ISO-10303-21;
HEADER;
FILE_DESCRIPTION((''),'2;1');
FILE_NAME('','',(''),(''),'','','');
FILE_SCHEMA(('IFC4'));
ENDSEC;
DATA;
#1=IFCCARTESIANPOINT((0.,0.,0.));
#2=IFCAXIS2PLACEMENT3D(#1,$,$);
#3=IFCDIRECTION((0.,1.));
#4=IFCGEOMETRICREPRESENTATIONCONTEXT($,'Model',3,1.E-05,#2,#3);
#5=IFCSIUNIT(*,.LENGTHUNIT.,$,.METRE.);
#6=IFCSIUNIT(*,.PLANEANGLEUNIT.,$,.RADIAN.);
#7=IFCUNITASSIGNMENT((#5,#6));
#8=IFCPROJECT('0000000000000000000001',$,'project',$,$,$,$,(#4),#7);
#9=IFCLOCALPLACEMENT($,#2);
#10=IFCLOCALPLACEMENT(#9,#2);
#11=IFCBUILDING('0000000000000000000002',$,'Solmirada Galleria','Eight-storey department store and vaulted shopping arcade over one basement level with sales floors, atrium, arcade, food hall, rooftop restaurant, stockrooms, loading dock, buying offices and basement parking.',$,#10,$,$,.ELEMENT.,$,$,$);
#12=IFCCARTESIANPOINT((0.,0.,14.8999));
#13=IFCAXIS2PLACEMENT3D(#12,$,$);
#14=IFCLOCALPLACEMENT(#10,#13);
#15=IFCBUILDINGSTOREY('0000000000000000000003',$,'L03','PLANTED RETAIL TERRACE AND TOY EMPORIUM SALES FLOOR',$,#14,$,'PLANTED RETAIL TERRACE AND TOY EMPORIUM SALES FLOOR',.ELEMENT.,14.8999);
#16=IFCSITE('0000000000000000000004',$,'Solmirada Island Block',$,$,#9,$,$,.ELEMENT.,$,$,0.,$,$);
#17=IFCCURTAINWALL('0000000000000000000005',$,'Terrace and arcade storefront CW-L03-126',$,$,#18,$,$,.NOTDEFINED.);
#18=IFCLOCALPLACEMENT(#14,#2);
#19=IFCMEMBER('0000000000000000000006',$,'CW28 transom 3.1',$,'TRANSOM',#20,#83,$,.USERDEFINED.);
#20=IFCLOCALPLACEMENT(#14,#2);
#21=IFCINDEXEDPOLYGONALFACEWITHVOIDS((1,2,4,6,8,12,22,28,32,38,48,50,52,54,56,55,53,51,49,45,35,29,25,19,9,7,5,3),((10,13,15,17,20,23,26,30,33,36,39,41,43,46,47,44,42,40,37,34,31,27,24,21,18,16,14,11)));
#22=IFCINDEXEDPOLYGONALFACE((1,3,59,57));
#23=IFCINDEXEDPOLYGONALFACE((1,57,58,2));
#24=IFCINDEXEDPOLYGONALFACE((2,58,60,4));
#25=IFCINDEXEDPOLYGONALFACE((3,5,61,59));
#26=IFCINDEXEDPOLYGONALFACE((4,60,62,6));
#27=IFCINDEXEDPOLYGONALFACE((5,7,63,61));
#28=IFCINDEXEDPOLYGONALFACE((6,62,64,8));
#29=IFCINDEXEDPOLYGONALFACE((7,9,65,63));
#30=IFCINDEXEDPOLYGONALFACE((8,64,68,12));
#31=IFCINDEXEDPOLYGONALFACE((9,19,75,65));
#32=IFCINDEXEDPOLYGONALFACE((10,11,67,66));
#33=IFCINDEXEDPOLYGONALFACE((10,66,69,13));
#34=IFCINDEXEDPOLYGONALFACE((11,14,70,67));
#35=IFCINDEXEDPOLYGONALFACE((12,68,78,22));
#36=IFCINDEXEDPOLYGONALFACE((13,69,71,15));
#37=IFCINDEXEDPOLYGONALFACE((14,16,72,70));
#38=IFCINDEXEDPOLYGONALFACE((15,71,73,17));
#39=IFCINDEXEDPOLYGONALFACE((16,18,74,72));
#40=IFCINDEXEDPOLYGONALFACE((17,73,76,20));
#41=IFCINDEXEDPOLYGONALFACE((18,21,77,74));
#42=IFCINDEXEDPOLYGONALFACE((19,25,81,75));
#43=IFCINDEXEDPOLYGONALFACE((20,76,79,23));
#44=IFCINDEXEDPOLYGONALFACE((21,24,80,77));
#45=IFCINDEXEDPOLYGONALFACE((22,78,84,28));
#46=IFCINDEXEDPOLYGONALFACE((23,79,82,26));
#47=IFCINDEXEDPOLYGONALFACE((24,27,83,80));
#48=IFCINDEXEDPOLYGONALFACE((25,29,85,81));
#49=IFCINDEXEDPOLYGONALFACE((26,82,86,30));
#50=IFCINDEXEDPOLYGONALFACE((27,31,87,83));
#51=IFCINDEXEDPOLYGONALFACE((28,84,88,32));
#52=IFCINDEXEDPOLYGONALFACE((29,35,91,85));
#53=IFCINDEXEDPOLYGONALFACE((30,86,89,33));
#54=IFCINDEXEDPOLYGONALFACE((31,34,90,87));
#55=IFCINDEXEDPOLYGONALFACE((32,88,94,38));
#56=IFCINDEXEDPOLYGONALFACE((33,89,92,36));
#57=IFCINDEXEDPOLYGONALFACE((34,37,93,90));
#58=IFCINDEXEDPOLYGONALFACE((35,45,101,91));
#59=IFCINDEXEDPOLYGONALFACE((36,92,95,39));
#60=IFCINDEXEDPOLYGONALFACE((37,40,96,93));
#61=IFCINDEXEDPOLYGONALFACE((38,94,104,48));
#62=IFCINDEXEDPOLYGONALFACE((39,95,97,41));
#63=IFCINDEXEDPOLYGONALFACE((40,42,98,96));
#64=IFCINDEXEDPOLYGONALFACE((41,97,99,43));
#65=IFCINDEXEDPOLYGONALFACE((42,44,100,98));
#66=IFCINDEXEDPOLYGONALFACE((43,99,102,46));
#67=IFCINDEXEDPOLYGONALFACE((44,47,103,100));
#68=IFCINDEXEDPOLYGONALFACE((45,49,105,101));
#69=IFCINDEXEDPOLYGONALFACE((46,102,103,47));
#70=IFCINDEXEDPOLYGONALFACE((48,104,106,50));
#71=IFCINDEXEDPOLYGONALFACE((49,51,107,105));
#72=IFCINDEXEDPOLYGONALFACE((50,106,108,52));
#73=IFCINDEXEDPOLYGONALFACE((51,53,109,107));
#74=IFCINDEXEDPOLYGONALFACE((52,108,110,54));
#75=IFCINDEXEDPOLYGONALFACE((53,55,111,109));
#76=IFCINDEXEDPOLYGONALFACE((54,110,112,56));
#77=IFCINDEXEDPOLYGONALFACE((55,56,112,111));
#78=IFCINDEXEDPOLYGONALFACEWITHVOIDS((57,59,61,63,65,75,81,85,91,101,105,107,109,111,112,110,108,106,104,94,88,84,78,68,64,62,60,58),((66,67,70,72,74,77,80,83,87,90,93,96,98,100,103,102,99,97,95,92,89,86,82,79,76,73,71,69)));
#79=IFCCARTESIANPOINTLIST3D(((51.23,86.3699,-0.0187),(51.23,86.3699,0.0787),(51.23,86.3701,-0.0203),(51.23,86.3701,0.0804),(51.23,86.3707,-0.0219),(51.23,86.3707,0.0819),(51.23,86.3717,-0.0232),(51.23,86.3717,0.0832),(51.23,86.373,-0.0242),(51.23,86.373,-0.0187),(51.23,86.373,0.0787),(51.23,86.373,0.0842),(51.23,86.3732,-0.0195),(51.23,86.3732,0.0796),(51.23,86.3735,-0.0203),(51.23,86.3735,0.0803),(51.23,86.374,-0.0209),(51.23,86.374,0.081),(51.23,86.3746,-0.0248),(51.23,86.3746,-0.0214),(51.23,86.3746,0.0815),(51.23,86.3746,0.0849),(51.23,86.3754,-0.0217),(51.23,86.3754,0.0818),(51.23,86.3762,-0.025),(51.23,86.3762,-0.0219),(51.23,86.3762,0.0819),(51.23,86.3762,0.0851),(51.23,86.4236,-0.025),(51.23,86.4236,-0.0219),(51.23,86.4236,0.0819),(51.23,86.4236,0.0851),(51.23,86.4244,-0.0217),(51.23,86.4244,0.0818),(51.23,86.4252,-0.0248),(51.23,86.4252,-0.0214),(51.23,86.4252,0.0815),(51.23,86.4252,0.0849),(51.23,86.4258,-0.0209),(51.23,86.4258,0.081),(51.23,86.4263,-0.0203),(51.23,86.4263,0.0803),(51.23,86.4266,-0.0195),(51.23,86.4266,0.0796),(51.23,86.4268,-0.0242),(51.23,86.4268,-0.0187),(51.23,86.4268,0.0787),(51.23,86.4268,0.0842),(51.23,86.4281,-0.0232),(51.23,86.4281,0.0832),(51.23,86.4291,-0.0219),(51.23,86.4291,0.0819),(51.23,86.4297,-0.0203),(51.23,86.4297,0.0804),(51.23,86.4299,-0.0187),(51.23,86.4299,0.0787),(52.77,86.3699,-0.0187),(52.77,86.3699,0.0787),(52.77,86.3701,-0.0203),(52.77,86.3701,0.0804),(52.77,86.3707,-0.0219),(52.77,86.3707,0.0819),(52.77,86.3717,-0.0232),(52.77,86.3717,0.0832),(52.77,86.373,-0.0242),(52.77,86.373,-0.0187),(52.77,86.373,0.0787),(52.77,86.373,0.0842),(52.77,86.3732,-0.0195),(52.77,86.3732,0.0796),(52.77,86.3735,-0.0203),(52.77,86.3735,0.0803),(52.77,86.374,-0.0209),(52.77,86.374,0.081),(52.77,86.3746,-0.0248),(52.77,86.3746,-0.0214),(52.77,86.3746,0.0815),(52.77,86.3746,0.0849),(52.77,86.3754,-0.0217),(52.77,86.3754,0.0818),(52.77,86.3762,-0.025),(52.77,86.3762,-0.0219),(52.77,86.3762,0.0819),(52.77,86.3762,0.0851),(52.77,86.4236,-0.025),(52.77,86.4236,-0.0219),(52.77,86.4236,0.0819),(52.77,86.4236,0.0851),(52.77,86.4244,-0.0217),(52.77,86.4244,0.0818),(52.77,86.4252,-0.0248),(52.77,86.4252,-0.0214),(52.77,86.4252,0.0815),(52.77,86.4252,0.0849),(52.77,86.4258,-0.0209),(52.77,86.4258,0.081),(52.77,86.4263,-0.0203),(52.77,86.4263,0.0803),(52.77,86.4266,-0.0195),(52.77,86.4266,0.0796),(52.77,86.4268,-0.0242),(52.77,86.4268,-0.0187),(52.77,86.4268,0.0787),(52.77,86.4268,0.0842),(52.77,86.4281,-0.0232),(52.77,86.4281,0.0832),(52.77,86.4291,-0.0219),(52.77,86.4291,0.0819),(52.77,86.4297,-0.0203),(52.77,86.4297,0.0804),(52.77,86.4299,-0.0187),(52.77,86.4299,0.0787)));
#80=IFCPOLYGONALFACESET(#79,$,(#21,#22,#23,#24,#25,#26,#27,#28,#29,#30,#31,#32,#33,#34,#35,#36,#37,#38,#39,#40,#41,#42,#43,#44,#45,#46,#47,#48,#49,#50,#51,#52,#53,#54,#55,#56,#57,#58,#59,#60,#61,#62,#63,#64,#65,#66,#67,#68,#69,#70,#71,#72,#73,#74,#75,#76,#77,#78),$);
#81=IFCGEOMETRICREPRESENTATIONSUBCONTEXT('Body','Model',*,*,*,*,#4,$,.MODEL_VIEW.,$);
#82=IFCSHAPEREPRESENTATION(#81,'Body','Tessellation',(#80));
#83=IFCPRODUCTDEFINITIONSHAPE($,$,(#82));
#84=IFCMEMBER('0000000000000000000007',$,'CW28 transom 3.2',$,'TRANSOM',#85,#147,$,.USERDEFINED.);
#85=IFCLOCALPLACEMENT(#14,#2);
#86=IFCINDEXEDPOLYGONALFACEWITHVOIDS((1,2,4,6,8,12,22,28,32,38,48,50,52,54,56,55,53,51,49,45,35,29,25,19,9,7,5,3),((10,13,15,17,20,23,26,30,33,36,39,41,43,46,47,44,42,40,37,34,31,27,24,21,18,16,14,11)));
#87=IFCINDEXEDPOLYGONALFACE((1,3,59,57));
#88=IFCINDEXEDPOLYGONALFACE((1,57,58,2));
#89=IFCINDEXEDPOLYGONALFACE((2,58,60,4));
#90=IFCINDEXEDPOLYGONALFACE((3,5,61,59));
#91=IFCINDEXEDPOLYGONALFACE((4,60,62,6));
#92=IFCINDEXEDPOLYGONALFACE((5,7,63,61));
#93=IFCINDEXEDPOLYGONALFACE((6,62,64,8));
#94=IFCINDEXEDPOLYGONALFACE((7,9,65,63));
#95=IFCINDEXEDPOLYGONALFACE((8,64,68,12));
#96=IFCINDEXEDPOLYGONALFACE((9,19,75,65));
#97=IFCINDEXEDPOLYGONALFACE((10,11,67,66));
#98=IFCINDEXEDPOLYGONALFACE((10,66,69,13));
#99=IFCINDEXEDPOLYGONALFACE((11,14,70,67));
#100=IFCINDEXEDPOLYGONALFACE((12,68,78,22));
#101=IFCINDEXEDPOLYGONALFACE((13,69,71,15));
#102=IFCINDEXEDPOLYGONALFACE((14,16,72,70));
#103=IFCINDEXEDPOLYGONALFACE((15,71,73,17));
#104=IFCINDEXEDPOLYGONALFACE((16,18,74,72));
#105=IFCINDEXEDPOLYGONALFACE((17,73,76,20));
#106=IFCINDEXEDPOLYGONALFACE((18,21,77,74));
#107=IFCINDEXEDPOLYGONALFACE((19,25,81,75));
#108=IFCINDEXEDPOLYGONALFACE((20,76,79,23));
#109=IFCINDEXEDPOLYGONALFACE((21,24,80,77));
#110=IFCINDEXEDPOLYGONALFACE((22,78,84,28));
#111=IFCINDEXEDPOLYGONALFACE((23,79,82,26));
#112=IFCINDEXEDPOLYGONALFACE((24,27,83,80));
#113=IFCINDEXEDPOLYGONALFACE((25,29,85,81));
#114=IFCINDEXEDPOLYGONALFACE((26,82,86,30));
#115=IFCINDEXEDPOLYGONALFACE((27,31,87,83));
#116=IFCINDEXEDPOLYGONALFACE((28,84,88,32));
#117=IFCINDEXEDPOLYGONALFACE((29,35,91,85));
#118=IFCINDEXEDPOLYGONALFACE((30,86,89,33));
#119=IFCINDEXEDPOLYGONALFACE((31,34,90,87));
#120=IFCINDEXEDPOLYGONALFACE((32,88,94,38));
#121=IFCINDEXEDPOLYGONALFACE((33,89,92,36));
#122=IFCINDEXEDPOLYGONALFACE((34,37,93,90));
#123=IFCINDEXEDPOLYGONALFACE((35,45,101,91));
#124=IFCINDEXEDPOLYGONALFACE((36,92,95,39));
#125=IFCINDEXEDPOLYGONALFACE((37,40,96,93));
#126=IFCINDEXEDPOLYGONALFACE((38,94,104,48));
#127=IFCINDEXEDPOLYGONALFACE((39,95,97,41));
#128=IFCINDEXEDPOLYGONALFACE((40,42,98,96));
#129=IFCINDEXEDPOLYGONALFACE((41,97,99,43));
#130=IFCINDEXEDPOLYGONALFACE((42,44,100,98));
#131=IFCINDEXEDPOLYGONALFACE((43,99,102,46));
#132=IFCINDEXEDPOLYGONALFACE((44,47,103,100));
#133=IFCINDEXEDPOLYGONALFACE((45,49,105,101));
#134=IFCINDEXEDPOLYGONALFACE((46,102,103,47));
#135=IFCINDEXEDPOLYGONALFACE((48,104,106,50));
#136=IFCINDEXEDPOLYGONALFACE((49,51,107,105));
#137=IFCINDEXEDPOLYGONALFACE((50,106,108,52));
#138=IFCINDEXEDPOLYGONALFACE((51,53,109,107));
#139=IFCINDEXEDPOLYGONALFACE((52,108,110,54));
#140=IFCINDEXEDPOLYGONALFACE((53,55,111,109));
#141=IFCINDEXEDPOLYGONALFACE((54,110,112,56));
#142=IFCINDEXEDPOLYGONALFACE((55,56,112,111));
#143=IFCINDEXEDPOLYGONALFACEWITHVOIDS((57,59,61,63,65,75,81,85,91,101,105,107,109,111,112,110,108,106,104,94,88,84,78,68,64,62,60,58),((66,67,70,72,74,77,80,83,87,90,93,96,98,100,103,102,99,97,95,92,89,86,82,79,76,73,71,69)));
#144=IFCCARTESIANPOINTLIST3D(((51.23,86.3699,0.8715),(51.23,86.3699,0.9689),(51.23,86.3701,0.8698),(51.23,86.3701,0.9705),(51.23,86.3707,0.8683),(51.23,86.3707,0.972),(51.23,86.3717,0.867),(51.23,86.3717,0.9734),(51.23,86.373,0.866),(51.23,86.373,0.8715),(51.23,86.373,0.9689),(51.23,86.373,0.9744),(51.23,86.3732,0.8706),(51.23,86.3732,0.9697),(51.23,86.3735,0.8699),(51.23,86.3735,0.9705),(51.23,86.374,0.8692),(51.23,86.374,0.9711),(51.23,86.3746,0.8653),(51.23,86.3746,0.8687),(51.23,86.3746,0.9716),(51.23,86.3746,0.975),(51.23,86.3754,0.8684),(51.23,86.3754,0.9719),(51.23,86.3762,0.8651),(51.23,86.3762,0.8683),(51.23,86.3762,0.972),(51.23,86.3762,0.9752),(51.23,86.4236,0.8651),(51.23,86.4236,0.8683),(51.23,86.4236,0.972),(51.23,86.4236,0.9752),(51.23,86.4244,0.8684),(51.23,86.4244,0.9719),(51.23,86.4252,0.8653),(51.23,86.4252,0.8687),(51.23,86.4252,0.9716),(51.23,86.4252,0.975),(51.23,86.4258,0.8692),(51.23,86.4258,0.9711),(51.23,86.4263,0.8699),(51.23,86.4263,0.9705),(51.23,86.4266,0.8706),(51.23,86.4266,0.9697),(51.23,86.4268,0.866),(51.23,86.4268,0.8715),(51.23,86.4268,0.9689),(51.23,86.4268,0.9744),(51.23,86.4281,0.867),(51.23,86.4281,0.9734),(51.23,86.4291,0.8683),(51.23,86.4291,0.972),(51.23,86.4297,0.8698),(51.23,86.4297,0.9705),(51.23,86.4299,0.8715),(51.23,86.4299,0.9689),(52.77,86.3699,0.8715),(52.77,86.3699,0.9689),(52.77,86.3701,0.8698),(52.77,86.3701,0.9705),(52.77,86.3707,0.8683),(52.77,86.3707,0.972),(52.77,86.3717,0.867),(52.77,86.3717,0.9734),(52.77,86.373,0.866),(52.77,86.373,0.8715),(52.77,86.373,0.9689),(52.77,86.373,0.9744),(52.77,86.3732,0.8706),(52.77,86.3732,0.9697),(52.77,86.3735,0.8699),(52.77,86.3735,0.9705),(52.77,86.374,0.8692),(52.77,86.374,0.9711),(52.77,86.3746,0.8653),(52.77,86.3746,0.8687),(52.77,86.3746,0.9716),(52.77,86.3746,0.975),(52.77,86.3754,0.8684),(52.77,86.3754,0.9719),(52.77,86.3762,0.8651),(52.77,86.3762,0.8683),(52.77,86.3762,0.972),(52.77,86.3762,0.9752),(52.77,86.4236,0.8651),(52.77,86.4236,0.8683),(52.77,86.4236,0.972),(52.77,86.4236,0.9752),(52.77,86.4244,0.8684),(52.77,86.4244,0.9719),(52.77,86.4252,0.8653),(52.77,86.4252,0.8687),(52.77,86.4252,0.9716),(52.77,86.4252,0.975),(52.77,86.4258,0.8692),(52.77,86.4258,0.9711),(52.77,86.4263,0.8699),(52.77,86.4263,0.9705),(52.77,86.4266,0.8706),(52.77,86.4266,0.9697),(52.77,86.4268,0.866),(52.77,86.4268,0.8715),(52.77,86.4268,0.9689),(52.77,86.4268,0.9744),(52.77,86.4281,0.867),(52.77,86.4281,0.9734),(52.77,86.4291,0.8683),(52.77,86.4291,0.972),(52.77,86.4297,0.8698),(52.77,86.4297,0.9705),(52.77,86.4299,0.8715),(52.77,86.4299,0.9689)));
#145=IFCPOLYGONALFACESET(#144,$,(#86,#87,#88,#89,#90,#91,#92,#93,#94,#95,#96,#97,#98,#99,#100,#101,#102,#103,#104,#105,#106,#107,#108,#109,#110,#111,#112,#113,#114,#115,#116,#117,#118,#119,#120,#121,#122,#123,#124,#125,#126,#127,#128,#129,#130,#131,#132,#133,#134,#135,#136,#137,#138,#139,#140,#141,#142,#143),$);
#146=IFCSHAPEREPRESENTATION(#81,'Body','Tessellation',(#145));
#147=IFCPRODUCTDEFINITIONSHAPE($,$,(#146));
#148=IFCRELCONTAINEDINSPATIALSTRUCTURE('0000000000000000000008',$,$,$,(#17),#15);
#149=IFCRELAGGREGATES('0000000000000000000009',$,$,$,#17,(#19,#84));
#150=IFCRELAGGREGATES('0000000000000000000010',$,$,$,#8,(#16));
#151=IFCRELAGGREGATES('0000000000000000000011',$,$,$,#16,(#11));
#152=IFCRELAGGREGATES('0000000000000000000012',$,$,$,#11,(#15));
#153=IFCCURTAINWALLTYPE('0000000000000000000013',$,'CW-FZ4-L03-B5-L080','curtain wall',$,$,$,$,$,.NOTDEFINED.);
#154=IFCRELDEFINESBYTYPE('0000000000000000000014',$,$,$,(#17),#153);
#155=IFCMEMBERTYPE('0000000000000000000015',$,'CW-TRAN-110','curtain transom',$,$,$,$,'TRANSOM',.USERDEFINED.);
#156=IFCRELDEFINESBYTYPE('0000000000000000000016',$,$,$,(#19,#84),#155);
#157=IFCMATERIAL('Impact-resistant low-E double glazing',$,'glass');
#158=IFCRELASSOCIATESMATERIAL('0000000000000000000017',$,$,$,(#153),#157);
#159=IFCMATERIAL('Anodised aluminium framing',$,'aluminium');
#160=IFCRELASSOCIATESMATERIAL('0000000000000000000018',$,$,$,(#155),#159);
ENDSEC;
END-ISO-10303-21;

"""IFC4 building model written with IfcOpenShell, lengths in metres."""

from ifc_helpers import new_model, si_unit, direction, frame, origin, origin_2d, place, context, subcontext, project, spatial, hollow_rectangle, extrude, material, material_profile, profile_set, type_object, element, aggregate, save


model = new_model("IFC4")

# Units and contexts
model_context = context("Model", 3, precision=1e-05, world=origin(), true_north=direction((0.0, 1.0)))
body_context = subcontext(model_context, "Body", "Model", "MODEL_VIEW")
ifc_project = project(units=[si_unit("LENGTHUNIT", "METRE"), si_unit("PLANEANGLEUNIT", "RADIAN")], contexts=[model_context])

# Site, building, storey
site_placement = place(None, origin())
site = spatial("IfcSite", under=ifc_project, at=site_placement, Name="Solmirada Island Block", CompositionType="ELEMENT", RefElevation=0.0)
building_placement = place(site_placement, origin())
building = spatial("IfcBuilding", under=site, at=building_placement, Name="Solmirada Galleria", Description="Eight-storey department store and vaulted shopping arcade over one basement level with sales floors, atrium, arcade, food hall, rooftop restaurant, stockrooms, loading dock, buying offices and basement parking.", CompositionType="ELEMENT")
storey_placement = place(building_placement, frame((0.0, 0.0, 14.8999)))
storey = spatial("IfcBuildingStorey", under=building, at=storey_placement, Name="L03", Description="PLANTED RETAIL TERRACE AND TOY EMPORIUM SALES FLOOR", LongName="PLANTED RETAIL TERRACE AND TOY EMPORIUM SALES FLOOR", CompositionType="ELEMENT", Elevation=14.8999)

# Curtain wall, members
ifc_material_1 = material(Name="Impact-resistant low-E double glazing", Category="glass")
curtain_wall_type = type_object("IfcCurtainWallType", Name="CW-FZ4-L03-B5-L080", Description="curtain wall", PredefinedType="NOTDEFINED", material=ifc_material_1)
curtain_wall_placement = place(storey_placement, origin())
curtain_wall = element("IfcCurtainWall", 1, at=curtain_wall_placement, inside=storey, type_object=curtain_wall_type, Name="Terrace and arcade storefront CW-L03-126", PredefinedType="NOTDEFINED")
ifc_material_2 = material(Name="Anodised aluminium framing", Category="aluminium")
ifc_material_profile_1 = material_profile(ifc_material_2, hollow_rectangle(XDim=0.0601, YDim=0.1101, WallThickness=0.0032, InnerFilletRadius=0.0032, OuterFilletRadius=0.0063, at=origin_2d()), Name="ALU-TRAN-110X60")
ifc_profile_set_1 = profile_set([ifc_material_profile_1], Name="Anodised aluminium framing")
member_type_1 = type_object("IfcMemberType", Name="CW-TRAN-110", Description="curtain transom", ElementType="TRANSOM", PredefinedType="USERDEFINED", material=ifc_profile_set_1)
member_1_placement = place(storey_placement, frame((52.77, 86.3999, 0.03), z_axis=(-1.0, 0.0, 0.0), x_axis=(0.0, -1.0, 0.0)))
member_1 = element("IfcMember", 2, at=member_1_placement, type_object=member_type_1, Name="CW28 transom 3.1", ObjectType="TRANSOM", PredefinedType="USERDEFINED", context=body_context, shape_type="SweptSolid", body=[
    extrude(hollow_rectangle(XDim=0.0601, YDim=0.1101, WallThickness=0.0032, InnerFilletRadius=0.0032, OuterFilletRadius=0.0063, at=origin_2d()), origin(), (0.0, 0.0, 1.0), 1.54),
])
member_2_placement = place(storey_placement, frame((52.77, 86.3999, 0.9202), z_axis=(-1.0, 0.0, 0.0), x_axis=(0.0, -1.0, 0.0)))
member_2 = element("IfcMember", 3, at=member_2_placement, type_object=member_type_1, Name="CW28 transom 3.2", ObjectType="TRANSOM", PredefinedType="USERDEFINED", context=body_context, shape_type="SweptSolid", body=[
    extrude(hollow_rectangle(XDim=0.0601, YDim=0.1101, WallThickness=0.0032, InnerFilletRadius=0.0032, OuterFilletRadius=0.0063, at=origin_2d()), origin(), (0.0, 0.0, 1.0), 1.54),
])
aggregate(curtain_wall, [member_1, member_2])

save(model, "model.ifc")
